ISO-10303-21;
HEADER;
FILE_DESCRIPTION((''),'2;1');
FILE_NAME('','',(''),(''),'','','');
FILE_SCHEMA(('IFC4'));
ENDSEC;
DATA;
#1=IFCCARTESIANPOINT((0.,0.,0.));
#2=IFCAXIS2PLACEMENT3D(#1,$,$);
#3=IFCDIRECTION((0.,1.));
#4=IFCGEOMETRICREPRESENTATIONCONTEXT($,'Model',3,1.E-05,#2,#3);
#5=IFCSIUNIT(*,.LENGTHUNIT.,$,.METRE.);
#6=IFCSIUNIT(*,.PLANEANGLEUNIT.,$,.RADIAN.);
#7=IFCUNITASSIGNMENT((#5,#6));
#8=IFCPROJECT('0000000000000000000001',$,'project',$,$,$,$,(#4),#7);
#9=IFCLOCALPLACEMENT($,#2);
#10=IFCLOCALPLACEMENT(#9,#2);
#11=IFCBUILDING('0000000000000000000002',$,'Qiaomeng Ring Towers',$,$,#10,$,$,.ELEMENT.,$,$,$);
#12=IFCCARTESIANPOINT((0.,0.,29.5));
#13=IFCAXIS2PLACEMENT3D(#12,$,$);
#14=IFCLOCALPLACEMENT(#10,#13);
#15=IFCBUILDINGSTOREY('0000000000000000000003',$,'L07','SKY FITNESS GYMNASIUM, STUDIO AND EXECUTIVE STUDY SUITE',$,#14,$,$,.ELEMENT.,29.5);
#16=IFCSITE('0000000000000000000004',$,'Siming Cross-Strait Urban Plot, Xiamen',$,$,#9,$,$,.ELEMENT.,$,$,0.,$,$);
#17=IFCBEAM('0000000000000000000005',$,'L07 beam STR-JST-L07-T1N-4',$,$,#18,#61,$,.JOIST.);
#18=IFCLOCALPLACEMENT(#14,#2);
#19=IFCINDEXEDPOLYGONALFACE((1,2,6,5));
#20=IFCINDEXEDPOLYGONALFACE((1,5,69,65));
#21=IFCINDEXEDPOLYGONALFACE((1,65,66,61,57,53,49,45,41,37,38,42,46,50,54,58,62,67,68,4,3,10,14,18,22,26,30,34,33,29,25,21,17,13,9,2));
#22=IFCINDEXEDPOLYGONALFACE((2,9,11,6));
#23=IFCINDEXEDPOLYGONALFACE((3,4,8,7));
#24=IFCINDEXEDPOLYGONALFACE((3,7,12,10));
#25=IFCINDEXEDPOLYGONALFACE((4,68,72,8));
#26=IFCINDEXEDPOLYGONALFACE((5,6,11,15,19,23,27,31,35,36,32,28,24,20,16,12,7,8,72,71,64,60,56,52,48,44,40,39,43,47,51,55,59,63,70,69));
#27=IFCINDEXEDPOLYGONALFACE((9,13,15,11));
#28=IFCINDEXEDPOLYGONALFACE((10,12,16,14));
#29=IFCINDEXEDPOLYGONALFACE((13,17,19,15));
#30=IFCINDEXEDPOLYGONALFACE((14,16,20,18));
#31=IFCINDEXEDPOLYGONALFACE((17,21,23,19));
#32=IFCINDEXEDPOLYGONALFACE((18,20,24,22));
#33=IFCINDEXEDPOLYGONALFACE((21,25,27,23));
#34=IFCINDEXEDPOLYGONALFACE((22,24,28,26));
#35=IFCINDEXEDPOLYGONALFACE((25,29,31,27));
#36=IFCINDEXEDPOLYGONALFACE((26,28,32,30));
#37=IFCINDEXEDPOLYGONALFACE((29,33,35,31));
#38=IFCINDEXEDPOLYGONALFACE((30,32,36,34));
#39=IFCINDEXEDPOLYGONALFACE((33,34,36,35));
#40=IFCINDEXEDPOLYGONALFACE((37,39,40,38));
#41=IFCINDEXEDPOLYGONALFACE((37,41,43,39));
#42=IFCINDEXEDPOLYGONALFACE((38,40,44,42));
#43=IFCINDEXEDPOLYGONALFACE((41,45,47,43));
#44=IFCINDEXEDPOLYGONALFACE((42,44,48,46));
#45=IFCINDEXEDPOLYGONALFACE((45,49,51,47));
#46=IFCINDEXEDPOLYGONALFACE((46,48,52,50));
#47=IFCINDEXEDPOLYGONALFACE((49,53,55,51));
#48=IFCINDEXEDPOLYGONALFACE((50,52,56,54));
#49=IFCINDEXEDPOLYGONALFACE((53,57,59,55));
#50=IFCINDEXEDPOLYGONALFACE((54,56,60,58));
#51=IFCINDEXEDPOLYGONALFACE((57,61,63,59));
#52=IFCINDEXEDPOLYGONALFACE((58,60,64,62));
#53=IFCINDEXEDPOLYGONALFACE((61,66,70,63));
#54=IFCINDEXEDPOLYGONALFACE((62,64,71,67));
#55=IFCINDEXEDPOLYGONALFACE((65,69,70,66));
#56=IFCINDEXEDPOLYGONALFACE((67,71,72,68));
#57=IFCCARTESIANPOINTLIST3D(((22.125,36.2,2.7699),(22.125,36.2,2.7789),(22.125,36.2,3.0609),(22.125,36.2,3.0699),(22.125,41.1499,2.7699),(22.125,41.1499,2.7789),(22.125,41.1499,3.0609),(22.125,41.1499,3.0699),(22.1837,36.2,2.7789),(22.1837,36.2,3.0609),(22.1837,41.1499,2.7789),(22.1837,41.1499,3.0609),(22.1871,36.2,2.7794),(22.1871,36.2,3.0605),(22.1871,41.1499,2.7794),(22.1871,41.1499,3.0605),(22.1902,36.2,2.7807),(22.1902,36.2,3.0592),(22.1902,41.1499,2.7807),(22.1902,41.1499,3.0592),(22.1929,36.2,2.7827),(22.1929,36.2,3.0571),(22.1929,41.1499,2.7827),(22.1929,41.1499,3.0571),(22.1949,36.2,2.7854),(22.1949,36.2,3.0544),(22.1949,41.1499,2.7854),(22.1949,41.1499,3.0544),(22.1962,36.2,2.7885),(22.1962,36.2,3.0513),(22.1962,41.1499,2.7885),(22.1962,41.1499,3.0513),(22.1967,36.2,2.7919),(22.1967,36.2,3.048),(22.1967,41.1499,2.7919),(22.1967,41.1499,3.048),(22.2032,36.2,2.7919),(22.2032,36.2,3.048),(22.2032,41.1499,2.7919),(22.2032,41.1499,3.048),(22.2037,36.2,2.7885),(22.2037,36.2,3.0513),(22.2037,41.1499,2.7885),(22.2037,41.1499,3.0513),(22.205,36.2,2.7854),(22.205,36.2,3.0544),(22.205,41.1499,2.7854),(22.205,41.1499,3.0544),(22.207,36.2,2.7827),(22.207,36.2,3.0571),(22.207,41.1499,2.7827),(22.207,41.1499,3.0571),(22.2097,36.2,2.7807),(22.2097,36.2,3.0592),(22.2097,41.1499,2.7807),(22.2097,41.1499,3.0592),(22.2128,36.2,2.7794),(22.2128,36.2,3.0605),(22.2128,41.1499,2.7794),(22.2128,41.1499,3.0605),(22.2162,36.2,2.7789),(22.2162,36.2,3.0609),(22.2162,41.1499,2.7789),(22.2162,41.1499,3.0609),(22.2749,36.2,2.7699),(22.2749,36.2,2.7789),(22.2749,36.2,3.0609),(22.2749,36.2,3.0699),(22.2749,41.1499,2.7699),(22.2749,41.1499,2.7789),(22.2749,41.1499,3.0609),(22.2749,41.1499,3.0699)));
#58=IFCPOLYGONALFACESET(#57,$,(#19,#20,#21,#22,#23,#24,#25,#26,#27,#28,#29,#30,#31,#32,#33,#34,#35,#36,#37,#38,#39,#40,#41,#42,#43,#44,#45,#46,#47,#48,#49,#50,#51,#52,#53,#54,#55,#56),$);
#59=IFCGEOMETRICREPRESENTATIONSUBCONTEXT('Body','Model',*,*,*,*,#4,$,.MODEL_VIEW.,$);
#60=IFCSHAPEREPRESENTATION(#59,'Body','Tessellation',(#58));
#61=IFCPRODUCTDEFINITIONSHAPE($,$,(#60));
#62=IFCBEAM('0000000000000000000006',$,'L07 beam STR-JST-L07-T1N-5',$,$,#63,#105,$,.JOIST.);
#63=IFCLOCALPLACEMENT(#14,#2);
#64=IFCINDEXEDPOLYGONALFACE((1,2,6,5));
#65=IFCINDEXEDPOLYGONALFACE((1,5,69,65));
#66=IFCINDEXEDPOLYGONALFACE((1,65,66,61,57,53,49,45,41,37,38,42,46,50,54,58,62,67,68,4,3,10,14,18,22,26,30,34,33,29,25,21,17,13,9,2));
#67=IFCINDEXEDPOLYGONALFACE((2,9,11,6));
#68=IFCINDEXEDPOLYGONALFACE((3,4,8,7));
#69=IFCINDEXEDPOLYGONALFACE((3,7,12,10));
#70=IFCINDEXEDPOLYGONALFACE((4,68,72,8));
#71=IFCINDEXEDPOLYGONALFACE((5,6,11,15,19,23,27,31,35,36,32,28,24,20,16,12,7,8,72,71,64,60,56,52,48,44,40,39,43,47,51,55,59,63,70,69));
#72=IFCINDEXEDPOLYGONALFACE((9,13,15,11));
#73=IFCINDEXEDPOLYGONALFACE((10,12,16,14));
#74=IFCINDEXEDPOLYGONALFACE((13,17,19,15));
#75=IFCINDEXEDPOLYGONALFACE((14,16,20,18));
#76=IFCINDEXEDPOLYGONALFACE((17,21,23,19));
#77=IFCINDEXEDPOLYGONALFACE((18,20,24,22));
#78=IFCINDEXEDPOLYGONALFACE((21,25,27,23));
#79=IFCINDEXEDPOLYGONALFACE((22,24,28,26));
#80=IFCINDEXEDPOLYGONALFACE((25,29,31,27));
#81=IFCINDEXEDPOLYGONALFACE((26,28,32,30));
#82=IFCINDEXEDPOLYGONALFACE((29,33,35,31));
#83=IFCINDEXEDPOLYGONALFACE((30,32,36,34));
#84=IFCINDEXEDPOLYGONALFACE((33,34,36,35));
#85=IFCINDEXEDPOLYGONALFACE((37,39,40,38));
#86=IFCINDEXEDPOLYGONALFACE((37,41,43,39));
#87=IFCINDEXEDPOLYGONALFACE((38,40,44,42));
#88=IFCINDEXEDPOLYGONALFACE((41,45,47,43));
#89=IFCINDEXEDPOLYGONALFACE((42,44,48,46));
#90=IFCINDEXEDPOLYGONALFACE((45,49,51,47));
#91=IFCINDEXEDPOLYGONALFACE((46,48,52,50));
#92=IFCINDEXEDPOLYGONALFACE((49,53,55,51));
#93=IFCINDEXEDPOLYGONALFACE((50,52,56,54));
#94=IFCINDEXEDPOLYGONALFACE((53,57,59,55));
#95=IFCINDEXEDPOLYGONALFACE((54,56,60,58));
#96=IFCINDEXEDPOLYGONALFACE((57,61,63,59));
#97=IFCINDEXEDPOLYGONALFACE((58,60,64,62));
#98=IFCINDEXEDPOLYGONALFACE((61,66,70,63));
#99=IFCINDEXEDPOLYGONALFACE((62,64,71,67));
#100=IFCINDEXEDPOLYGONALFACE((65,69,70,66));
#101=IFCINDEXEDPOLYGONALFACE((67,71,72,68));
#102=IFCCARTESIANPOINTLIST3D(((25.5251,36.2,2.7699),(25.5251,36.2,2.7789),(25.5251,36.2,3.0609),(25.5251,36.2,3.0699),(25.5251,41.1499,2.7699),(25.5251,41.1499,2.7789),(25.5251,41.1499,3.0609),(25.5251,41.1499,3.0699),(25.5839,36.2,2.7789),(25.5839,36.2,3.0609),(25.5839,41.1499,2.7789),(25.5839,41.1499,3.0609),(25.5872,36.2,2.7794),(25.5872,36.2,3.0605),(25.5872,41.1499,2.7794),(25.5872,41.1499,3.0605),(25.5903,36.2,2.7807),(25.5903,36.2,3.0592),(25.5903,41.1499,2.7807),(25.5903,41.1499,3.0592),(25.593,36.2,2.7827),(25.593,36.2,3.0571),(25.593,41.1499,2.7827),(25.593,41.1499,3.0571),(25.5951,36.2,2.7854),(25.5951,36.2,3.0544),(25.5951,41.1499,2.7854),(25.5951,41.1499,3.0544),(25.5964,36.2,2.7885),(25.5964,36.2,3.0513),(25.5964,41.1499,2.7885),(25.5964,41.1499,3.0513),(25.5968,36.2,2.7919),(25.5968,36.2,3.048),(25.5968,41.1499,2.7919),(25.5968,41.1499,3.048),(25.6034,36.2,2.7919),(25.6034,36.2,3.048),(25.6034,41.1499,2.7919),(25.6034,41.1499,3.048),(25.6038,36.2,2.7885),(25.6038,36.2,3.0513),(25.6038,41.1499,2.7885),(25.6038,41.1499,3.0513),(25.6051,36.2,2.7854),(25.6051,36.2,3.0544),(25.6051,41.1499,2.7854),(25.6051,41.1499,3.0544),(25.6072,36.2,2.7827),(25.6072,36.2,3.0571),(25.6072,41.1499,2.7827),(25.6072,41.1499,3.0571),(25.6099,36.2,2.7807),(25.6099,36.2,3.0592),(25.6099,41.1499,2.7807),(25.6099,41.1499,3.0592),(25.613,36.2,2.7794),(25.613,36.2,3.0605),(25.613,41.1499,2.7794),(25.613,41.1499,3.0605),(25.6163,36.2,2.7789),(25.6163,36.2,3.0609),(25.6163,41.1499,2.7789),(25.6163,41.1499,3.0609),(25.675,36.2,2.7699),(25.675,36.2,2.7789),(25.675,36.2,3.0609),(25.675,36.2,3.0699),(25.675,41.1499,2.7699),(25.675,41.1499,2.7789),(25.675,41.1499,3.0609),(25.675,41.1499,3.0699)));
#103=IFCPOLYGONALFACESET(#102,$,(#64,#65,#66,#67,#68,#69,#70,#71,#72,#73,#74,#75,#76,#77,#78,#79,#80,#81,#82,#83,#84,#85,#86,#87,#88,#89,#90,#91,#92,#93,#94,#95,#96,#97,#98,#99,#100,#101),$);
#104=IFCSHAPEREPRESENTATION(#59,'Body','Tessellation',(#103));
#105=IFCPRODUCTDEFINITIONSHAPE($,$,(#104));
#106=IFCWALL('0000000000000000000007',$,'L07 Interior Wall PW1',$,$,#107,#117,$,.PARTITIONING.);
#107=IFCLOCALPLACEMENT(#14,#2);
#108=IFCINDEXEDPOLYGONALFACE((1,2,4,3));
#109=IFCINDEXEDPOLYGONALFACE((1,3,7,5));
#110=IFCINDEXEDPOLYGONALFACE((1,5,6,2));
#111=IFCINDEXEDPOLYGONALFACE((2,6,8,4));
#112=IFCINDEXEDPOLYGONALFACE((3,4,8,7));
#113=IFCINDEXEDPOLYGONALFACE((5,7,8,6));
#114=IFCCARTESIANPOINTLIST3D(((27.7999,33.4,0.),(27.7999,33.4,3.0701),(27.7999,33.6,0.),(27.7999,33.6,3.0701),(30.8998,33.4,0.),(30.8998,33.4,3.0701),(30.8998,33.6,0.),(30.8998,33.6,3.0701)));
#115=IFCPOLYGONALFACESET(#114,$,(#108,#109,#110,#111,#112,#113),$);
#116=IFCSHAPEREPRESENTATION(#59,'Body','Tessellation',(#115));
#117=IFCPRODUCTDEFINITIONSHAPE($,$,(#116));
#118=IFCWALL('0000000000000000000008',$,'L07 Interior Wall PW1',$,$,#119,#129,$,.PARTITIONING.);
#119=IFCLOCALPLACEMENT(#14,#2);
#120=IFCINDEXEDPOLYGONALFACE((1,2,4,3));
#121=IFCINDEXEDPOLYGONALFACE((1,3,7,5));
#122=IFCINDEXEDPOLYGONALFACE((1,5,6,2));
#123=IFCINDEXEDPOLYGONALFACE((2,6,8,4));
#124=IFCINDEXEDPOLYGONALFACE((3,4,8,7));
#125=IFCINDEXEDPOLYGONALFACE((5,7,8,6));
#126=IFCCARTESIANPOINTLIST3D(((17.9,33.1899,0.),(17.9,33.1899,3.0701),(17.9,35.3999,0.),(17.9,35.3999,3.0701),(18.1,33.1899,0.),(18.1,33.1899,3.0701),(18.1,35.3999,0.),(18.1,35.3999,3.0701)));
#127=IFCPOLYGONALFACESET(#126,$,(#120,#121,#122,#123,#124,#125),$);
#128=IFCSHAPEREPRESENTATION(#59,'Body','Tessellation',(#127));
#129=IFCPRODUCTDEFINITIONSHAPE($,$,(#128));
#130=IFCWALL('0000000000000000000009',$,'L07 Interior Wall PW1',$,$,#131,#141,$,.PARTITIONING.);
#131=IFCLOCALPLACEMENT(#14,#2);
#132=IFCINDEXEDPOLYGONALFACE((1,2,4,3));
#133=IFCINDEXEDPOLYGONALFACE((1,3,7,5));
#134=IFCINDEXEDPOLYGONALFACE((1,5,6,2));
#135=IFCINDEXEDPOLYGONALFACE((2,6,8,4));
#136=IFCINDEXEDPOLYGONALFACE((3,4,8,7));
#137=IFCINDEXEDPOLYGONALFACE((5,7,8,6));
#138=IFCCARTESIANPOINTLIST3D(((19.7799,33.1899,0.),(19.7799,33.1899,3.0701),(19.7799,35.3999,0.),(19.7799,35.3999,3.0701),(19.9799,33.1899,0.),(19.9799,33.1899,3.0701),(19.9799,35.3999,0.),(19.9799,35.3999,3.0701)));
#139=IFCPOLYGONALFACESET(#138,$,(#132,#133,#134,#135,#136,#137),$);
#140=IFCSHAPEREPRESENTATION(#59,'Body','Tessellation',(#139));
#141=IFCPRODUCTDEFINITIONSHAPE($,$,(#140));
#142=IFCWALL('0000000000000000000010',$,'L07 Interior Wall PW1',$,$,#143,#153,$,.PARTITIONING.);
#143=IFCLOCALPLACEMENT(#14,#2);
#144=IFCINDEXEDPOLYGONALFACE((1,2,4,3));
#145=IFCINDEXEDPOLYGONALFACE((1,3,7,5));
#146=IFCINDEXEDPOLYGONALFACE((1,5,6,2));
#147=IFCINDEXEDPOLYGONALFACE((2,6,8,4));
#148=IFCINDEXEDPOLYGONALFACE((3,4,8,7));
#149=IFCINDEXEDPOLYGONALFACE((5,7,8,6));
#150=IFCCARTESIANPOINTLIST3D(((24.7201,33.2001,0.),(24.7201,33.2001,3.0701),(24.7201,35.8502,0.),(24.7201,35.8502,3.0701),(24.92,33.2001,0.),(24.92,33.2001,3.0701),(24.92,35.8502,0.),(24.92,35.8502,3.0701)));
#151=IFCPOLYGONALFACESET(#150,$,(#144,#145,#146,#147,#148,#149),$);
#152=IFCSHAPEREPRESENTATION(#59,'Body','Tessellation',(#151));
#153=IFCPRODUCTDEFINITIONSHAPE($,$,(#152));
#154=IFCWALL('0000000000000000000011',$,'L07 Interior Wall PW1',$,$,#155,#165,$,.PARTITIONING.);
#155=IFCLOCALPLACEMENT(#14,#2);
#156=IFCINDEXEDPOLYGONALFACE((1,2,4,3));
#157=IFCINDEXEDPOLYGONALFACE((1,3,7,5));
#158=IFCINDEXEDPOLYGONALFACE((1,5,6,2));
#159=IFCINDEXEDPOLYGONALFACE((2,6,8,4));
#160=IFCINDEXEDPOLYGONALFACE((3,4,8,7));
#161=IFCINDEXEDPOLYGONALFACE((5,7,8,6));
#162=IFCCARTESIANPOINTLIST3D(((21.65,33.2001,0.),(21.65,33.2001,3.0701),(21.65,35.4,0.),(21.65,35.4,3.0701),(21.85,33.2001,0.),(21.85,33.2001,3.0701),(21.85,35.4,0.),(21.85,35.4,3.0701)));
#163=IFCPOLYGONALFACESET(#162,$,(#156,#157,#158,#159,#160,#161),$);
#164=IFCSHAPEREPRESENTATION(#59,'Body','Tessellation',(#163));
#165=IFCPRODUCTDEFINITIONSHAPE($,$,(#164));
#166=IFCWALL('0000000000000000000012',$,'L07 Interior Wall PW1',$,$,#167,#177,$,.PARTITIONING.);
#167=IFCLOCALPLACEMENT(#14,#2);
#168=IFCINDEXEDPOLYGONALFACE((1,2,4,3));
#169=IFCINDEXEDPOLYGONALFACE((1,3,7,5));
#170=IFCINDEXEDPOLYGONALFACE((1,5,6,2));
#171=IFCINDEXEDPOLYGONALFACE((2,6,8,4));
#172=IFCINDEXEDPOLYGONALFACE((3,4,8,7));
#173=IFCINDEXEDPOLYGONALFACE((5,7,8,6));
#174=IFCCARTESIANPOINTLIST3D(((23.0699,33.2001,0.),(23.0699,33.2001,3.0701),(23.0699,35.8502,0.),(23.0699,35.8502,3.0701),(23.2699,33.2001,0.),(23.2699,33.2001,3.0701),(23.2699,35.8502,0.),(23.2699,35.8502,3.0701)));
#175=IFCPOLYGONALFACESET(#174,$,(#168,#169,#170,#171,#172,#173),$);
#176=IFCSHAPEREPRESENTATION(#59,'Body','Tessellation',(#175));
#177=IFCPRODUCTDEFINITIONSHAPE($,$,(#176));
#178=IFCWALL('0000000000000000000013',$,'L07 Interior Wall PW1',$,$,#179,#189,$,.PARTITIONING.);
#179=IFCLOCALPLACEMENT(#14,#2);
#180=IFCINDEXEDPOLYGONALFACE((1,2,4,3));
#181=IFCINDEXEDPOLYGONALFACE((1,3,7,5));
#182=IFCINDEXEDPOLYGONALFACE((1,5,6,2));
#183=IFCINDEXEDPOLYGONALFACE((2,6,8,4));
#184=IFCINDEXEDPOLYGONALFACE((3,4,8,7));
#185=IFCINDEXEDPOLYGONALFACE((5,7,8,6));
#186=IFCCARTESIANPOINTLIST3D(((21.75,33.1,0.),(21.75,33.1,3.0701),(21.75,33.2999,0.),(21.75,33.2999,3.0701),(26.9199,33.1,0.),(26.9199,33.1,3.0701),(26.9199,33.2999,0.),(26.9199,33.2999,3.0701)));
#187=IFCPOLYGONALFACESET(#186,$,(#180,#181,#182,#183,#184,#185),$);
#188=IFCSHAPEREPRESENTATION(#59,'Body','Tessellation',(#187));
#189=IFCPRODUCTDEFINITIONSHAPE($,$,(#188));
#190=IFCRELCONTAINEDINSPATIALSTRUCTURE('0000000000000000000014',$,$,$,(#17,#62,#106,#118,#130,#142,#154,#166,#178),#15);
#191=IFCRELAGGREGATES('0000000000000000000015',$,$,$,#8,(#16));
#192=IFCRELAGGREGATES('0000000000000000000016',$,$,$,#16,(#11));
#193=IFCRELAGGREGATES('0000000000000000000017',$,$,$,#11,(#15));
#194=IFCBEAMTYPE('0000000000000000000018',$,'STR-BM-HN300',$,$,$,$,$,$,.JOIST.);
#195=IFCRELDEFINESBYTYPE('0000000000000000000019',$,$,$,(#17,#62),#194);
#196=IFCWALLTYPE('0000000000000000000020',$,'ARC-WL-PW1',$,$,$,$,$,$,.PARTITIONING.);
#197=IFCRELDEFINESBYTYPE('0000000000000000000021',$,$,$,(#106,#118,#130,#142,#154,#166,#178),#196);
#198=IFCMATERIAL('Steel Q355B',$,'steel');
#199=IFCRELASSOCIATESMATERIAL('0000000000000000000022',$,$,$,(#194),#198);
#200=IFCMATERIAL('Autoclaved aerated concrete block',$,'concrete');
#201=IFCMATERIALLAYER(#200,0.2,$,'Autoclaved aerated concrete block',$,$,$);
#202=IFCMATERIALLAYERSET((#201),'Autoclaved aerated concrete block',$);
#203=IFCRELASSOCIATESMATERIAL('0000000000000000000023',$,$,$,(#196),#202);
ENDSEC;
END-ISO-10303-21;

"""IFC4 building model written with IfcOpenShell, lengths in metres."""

from ifc_helpers import new_model, si_unit, direction, frame, frame_2d, origin, origin_2d, place, context, subcontext, project, spatial, rectangle, i_section, extrude, source, transform, mapped, material, layer, layer_set, material_profile, profile_set, type_object, element, save


model = new_model("IFC4")

# Units and contexts
model_context = context("Model", 3, precision=1e-05, world=origin(), true_north=direction((0.0, 1.0)))
body_context = subcontext(model_context, "Body", "Model", "MODEL_VIEW")
ifc_project = project(units=[si_unit("LENGTHUNIT", "METRE"), si_unit("PLANEANGLEUNIT", "RADIAN")], contexts=[model_context])

# Site, building, storey
site_placement = place(None, origin())
site = spatial("IfcSite", under=ifc_project, at=site_placement, Name="Siming Cross-Strait Urban Plot, Xiamen", CompositionType="ELEMENT", RefElevation=0.0)
building_placement = place(site_placement, origin())
building = spatial("IfcBuilding", under=site, at=building_placement, Name="Qiaomeng Ring Towers", CompositionType="ELEMENT")
storey_placement = place(building_placement, frame((0.0, 0.0, 29.5)))
storey = spatial("IfcBuildingStorey", under=building, at=storey_placement, Name="L07", Description="SKY FITNESS GYMNASIUM, STUDIO AND EXECUTIVE STUDY SUITE", CompositionType="ELEMENT", Elevation=29.5)

# Beams
ifc_material_1 = material(Name="Steel Q355B", Category="steel")
ifc_material_profile_1 = material_profile(ifc_material_1, i_section(OverallWidth=0.1499, OverallDepth=0.3, WebThickness=0.0066, FlangeThickness=0.009, FilletRadius=0.0129, at=origin_2d()), Name="HN 300x150x6.5x9")
ifc_profile_set_1 = profile_set([ifc_material_profile_1], Name="Steel Q355B")
beam_type_1 = type_object("IfcBeamType", Name="STR-BM-HN300", PredefinedType="JOIST", material=ifc_profile_set_1)
shared_shape_1 = source(origin(), body_context, "Body", "SweptSolid", [
    extrude(i_section(OverallWidth=0.1499, OverallDepth=0.3, WebThickness=0.0066, FlangeThickness=0.009, FilletRadius=0.0129, at=origin_2d()), origin(), (0.0, 0.0, 1.0), 4.95),
])
for number, where, z_axis, x_axis, name in (
    (1, (22.2, 36.2, 2.9199), (0.0, 1.0, 0.0), (-1.0, 0.0, 0.0), "L07 beam STR-JST-L07-T1N-4"),
    (2, (25.6001, 36.2, 2.9199), (0.0, 1.0, 0.0), (-1.0, 0.0, 0.0), "L07 beam STR-JST-L07-T1N-5"),
):
    element("IfcBeam", number, at=place(storey_placement, frame(where, z_axis=z_axis, x_axis=x_axis)), inside=storey, type_object=beam_type_1, Name=name, PredefinedType="JOIST", context=body_context, shape_type="MappedRepresentation", body=[
        mapped(shared_shape_1, transform((0.0, 0.0, 0.0), x_axis=(1.0, 0.0, 0.0), y_axis=(0.0, 1.0, 0.0), z_axis=(0.0, 0.0, 1.0), scale=1.0)),
    ])

# Walls
ifc_material_2 = material(Name="Autoclaved aerated concrete block", Category="concrete")
ifc_layer_1 = layer(ifc_material_2, 0.2, Name="Autoclaved aerated concrete block")
ifc_layer_set_1 = layer_set([ifc_layer_1], Name="Autoclaved aerated concrete block")
wall_type_1 = type_object("IfcWallType", Name="ARC-WL-PW1", PredefinedType="PARTITIONING", material=ifc_layer_set_1)
wall_1_placement = place(storey_placement, frame((27.8, 33.5, 0.0), z_axis=(0.0, 0.0, 1.0), x_axis=(1.0, 0.0, 0.0)))
element("IfcWall", 3, at=wall_1_placement, inside=storey, type_object=wall_type_1, Name="L07 Interior Wall PW1", PredefinedType="PARTITIONING", context=body_context, shape_type="SweptSolid", body=[
    extrude(rectangle(XDim=3.0999, YDim=0.2, at=frame_2d((1.5498, 0.0))), origin(), (0.0, 0.0, 1.0), 3.0701),
])
for number, where, z_axis, x_axis, name in (
    (4, (18.0, 33.1899, 0.0), (0.0, 0.0, 1.0), (0.0, 1.0, 0.0), "L07 Interior Wall PW1"),
    (5, (19.8799, 33.1899, 0.0), (0.0, 0.0, 1.0), (0.0, 1.0, 0.0), "L07 Interior Wall PW1"),
):
    element("IfcWall", number, at=place(storey_placement, frame(where, z_axis=z_axis, x_axis=x_axis)), inside=storey, type_object=wall_type_1, Name=name, PredefinedType="PARTITIONING", context=body_context, shape_type="SweptSolid", body=[
        extrude(rectangle(XDim=2.21, YDim=0.2, at=frame_2d((1.105, 0.0))), origin(), (0.0, 0.0, 1.0), 3.0701),
    ])
wall_2_placement = place(storey_placement, frame((24.8201, 33.2, 0.0), z_axis=(0.0, 0.0, 1.0), x_axis=(0.0, 1.0, 0.0)))
element("IfcWall", 6, at=wall_2_placement, inside=storey, type_object=wall_type_1, Name="L07 Interior Wall PW1", PredefinedType="PARTITIONING", context=body_context, shape_type="SweptSolid", body=[
    extrude(rectangle(XDim=2.6501, YDim=0.2, at=frame_2d((1.3252, 0.0))), origin(), (0.0, 0.0, 1.0), 3.0701),
])
wall_3_placement = place(storey_placement, frame((21.75, 33.2, 0.0), z_axis=(0.0, 0.0, 1.0), x_axis=(0.0, 1.0, 0.0)))
element("IfcWall", 7, at=wall_3_placement, inside=storey, type_object=wall_type_1, Name="L07 Interior Wall PW1", PredefinedType="PARTITIONING", context=body_context, shape_type="SweptSolid", body=[
    extrude(rectangle(XDim=2.2, YDim=0.2, at=frame_2d((1.1001, 0.0))), origin(), (0.0, 0.0, 1.0), 3.0701),
])
wall_4_placement = place(storey_placement, frame((23.1699, 33.2, 0.0), z_axis=(0.0, 0.0, 1.0), x_axis=(0.0, 1.0, 0.0)))
element("IfcWall", 8, at=wall_4_placement, inside=storey, type_object=wall_type_1, Name="L07 Interior Wall PW1", PredefinedType="PARTITIONING", context=body_context, shape_type="SweptSolid", body=[
    extrude(rectangle(XDim=2.6501, YDim=0.2, at=frame_2d((1.3252, 0.0))), origin(), (0.0, 0.0, 1.0), 3.0701),
])
wall_5_placement = place(storey_placement, frame((21.75, 33.2, 0.0), z_axis=(0.0, 0.0, 1.0), x_axis=(1.0, 0.0, 0.0)))
element("IfcWall", 9, at=wall_5_placement, inside=storey, type_object=wall_type_1, Name="L07 Interior Wall PW1", PredefinedType="PARTITIONING", context=body_context, shape_type="SweptSolid", body=[
    extrude(rectangle(XDim=5.1699, YDim=0.2, at=frame_2d((2.585, 0.0))), origin(), (0.0, 0.0, 1.0), 3.0701),
])

save(model, "model.ifc")
